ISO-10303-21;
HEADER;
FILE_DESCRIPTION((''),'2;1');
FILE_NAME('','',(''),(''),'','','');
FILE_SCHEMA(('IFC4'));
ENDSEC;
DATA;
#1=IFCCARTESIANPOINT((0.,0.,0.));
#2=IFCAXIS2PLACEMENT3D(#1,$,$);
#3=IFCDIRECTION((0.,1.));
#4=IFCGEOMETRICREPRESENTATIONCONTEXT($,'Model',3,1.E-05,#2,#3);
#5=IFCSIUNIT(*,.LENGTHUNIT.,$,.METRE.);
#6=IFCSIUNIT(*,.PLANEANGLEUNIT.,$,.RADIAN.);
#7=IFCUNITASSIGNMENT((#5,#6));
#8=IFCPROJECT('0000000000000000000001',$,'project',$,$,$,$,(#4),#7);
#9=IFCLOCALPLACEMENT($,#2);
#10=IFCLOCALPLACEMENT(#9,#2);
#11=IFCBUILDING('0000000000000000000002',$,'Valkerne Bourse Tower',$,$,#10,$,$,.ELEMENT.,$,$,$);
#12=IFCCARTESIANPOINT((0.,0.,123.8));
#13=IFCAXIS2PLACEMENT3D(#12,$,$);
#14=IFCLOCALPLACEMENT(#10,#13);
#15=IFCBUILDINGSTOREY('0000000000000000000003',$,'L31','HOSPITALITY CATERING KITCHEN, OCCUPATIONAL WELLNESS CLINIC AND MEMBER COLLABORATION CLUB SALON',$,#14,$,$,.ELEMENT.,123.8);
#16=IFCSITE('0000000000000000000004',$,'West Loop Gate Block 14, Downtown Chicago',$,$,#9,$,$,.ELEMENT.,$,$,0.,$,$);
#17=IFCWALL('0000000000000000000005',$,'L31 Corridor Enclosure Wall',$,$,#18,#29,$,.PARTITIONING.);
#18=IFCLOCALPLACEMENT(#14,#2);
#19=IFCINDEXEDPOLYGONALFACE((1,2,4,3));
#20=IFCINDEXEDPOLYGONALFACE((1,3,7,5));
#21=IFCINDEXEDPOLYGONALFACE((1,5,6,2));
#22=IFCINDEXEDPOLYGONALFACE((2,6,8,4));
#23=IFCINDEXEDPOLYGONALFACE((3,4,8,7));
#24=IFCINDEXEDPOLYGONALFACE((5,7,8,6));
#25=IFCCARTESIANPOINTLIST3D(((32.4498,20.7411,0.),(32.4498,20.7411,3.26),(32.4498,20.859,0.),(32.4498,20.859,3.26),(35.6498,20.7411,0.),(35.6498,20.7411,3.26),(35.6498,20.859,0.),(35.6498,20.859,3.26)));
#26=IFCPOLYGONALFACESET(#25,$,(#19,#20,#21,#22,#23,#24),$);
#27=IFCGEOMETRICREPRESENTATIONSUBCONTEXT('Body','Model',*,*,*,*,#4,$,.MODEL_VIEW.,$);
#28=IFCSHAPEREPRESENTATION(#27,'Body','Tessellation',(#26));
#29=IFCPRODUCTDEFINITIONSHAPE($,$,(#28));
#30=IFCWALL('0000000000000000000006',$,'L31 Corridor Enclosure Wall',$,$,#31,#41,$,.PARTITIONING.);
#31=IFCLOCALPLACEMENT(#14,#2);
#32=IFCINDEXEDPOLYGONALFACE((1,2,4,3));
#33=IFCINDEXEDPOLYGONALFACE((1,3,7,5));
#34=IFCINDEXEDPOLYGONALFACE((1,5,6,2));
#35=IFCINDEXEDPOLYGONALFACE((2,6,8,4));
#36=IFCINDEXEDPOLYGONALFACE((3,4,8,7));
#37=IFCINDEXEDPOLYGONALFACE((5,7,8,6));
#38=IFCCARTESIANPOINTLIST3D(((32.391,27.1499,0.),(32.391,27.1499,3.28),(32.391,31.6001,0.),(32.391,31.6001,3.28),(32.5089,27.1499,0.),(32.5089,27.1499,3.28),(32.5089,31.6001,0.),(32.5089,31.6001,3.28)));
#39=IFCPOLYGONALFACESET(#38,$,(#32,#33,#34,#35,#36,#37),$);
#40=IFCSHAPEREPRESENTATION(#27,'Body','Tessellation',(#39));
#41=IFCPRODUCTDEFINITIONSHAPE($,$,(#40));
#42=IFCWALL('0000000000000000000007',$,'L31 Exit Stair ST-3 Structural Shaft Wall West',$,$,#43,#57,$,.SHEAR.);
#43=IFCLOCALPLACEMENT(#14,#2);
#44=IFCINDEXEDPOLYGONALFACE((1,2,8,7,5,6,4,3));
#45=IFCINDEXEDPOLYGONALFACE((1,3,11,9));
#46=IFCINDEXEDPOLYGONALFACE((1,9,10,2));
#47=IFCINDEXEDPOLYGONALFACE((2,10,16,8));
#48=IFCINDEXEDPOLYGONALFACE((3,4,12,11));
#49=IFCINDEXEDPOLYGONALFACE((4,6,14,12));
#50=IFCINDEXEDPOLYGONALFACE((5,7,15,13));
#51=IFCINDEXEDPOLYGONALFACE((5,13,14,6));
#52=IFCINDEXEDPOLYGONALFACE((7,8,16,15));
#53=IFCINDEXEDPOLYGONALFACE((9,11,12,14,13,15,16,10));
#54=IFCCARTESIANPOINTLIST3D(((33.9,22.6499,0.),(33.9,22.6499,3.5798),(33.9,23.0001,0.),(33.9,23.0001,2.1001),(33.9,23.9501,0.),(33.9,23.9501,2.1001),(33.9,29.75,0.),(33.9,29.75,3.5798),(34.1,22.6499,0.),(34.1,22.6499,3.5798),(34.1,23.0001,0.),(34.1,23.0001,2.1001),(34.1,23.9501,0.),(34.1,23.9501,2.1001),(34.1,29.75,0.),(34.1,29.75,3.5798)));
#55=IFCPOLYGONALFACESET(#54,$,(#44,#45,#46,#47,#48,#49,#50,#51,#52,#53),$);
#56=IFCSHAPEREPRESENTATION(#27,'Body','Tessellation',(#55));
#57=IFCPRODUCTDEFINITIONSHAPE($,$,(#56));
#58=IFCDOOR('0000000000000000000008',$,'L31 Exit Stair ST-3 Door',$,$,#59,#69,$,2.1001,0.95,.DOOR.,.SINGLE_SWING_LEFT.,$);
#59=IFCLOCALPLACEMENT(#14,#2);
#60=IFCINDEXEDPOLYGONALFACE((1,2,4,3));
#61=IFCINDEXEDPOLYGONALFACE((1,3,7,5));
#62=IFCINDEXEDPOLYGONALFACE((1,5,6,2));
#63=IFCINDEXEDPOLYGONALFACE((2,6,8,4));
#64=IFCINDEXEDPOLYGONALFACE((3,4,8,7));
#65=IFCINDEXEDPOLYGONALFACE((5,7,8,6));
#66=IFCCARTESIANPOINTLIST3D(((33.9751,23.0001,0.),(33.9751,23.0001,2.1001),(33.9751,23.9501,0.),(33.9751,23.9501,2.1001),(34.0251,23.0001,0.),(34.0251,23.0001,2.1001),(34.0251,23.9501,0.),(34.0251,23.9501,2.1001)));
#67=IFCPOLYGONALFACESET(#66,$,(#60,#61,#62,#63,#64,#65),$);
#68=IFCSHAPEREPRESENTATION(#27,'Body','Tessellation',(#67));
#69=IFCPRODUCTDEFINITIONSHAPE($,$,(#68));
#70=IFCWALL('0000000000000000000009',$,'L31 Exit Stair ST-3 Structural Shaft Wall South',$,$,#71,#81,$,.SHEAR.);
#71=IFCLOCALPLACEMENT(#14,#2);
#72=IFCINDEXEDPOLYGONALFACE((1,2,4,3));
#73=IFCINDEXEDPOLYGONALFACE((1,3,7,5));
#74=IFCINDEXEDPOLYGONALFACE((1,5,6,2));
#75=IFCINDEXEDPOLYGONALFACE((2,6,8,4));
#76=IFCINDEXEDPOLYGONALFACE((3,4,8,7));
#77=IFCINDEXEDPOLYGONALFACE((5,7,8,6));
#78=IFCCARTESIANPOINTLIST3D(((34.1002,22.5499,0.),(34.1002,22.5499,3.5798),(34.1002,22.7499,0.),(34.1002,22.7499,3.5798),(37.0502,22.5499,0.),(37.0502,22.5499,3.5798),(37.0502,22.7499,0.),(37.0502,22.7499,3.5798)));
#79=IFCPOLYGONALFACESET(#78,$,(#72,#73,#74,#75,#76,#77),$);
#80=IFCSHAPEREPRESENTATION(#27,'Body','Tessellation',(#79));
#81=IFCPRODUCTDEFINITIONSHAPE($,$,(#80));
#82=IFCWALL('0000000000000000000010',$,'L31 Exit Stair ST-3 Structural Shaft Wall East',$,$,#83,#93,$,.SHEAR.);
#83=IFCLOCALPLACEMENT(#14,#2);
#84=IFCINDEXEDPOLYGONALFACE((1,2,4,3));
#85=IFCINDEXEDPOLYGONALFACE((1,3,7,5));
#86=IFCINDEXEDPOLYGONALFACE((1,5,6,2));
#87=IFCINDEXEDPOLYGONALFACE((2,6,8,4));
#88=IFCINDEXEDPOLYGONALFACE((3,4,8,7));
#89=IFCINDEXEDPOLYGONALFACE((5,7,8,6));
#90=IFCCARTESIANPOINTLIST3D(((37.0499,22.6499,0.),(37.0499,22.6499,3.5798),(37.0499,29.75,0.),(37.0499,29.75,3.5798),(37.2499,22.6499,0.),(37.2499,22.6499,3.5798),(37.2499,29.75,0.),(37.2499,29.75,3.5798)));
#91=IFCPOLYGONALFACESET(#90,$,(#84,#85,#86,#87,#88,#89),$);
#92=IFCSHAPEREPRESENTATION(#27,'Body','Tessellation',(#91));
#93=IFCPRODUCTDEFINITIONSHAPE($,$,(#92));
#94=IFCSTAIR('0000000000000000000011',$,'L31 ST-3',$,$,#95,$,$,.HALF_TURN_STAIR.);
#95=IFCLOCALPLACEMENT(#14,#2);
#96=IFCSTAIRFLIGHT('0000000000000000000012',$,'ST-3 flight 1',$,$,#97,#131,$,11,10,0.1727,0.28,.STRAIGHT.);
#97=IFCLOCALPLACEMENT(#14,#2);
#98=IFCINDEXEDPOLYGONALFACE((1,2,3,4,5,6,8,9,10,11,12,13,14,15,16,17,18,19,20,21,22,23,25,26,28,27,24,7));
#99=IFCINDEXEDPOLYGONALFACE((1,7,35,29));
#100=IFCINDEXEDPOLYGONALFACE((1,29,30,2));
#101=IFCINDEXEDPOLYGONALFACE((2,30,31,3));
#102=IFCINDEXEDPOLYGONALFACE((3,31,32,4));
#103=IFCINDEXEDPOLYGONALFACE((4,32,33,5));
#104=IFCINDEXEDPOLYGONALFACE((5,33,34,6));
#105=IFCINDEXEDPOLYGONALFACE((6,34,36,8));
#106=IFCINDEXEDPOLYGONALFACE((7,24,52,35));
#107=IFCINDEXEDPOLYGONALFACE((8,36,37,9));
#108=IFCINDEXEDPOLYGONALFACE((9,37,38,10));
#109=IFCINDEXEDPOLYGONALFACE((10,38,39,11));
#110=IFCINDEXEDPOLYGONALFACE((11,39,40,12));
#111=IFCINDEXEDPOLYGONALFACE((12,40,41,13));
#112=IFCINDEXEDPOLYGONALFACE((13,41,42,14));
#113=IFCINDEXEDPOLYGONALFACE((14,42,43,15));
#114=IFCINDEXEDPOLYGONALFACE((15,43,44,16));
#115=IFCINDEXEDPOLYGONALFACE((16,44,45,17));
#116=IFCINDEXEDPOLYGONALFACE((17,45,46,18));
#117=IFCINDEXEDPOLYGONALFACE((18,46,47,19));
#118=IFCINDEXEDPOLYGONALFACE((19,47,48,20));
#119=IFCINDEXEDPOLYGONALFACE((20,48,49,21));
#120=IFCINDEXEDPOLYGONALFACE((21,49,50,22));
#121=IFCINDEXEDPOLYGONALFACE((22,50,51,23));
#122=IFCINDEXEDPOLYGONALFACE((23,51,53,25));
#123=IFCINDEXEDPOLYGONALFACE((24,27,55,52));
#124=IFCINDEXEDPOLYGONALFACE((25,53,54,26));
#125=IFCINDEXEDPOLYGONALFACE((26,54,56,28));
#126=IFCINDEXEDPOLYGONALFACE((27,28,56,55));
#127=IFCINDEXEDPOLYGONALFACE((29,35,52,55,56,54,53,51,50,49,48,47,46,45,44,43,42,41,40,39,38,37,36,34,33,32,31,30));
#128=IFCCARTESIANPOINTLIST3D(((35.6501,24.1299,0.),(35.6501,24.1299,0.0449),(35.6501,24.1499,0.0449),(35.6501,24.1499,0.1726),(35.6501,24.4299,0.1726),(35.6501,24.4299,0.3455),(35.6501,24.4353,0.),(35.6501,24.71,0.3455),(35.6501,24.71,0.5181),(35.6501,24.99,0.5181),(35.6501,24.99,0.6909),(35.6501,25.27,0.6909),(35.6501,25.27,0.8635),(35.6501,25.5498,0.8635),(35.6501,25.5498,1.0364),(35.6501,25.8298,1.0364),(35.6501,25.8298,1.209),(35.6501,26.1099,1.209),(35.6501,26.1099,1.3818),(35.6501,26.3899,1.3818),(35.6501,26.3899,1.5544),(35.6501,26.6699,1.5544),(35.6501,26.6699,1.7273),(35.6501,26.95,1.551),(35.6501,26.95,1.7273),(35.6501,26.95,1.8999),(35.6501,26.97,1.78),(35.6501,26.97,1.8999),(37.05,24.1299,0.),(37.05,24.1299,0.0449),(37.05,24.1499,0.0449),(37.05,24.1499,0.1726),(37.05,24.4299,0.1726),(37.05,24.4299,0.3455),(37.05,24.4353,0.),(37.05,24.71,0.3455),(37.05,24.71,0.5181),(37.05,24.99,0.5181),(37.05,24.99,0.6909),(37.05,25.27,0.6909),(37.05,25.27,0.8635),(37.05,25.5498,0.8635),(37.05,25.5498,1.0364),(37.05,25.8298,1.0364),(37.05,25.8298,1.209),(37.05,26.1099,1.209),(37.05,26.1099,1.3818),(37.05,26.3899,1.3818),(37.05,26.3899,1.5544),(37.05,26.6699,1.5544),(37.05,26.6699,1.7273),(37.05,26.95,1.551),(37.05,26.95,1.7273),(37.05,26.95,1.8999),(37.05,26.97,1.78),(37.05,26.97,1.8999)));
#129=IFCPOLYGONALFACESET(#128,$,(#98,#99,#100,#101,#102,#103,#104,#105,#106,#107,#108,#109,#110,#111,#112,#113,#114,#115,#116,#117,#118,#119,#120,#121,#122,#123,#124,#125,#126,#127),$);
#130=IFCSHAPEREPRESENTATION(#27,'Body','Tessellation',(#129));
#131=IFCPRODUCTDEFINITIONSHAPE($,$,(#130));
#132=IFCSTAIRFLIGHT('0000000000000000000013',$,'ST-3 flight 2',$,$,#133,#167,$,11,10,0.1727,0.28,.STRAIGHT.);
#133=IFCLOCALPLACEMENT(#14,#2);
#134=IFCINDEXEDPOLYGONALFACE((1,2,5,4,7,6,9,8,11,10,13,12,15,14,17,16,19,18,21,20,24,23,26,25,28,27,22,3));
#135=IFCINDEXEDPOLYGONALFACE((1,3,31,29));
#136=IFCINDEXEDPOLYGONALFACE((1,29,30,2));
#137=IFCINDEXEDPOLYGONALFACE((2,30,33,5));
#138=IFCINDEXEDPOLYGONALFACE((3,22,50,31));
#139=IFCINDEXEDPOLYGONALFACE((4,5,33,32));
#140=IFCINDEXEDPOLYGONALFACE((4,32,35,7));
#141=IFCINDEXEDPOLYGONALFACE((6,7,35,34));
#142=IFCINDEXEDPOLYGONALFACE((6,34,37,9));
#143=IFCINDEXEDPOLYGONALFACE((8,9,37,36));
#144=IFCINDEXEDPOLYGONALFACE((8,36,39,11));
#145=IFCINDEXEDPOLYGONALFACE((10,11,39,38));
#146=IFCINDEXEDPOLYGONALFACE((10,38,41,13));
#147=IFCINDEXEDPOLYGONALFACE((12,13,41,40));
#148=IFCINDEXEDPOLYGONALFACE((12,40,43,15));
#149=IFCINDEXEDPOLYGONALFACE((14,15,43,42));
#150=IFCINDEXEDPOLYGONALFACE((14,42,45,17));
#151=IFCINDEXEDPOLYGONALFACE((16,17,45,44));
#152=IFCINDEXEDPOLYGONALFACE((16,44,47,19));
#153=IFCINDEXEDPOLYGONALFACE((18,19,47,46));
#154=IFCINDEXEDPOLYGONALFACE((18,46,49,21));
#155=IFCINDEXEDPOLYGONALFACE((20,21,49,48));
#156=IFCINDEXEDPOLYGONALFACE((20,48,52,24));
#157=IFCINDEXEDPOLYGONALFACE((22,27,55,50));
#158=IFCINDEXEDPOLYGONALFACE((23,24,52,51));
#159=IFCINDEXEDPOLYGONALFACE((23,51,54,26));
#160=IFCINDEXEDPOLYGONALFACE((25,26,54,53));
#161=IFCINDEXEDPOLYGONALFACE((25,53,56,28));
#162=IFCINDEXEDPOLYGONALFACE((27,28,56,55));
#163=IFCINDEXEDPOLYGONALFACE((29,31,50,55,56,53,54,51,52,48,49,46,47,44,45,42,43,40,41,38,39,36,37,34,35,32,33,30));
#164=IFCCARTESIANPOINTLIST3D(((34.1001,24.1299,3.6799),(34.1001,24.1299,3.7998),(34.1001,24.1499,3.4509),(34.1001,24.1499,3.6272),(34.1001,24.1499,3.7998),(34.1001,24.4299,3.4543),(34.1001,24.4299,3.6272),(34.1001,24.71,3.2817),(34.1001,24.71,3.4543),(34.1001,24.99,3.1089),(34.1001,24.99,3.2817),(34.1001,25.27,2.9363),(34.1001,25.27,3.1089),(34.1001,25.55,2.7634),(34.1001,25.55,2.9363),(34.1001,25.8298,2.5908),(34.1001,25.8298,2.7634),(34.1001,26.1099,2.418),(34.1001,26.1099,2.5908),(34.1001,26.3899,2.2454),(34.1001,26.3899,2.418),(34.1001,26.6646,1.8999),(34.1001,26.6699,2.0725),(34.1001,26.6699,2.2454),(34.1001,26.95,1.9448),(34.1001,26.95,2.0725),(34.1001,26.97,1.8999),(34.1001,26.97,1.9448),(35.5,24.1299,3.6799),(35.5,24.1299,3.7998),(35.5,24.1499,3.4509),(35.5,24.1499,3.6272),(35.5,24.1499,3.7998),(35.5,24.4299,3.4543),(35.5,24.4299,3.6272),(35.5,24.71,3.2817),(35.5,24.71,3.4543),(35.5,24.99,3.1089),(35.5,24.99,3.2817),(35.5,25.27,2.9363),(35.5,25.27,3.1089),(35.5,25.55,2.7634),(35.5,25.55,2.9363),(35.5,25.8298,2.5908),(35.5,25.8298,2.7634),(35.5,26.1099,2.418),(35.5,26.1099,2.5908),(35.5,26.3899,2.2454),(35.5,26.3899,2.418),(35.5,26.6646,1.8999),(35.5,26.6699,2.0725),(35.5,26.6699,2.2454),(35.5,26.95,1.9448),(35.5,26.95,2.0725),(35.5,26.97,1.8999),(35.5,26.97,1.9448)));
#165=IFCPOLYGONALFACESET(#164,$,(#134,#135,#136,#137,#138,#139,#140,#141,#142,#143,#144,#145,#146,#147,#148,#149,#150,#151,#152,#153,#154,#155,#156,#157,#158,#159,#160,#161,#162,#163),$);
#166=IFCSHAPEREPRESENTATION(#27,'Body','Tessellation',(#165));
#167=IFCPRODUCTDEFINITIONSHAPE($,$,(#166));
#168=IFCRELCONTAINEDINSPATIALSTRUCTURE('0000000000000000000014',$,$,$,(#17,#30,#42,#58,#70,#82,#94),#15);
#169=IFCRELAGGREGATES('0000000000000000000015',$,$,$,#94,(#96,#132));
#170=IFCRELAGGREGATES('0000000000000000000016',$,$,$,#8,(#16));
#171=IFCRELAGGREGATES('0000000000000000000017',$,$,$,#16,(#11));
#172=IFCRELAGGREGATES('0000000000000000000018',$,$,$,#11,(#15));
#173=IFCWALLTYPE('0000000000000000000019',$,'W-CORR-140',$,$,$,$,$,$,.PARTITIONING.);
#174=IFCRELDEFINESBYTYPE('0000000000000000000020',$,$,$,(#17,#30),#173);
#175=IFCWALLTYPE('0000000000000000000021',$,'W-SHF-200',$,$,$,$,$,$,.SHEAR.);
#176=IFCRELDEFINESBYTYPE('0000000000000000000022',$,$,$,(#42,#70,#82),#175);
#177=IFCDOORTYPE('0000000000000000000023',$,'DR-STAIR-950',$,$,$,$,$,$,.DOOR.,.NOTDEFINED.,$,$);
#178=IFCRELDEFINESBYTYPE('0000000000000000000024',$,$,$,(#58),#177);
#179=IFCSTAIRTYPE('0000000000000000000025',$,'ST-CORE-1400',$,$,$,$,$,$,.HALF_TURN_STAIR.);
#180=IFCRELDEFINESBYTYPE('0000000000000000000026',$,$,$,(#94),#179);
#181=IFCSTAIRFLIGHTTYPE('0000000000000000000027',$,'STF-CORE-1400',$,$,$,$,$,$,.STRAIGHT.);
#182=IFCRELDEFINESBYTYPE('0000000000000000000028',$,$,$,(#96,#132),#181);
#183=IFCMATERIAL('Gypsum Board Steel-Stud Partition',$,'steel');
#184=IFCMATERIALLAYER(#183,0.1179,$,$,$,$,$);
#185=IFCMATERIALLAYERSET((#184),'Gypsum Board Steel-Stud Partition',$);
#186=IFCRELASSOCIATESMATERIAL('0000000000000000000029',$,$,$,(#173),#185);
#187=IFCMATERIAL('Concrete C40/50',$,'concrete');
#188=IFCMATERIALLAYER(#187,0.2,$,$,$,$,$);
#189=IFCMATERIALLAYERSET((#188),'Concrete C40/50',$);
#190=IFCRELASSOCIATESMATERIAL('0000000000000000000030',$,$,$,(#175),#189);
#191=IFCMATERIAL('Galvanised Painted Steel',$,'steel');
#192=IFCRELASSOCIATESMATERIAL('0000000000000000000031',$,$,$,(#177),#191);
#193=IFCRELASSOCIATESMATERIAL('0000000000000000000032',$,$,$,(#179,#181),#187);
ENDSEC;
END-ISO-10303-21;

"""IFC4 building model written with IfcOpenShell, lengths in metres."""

from ifc_helpers import new_model, si_unit, direction, frame, frame_2d, origin, place, context, subcontext, project, spatial, polyline, rectangle, outline, extrude, material, layer, layer_set, type_object, element, fill, aggregate, save


model = new_model("IFC4")

# Units and contexts
model_context = context("Model", 3, precision=1e-05, world=origin(), true_north=direction((0.0, 1.0)))
body_context = subcontext(model_context, "Body", "Model", "MODEL_VIEW")
ifc_project = project(units=[si_unit("LENGTHUNIT", "METRE"), si_unit("PLANEANGLEUNIT", "RADIAN")], contexts=[model_context])

# Site, building, storey
site_placement = place(None, origin())
site = spatial("IfcSite", under=ifc_project, at=site_placement, Name="West Loop Gate Block 14, Downtown Chicago", CompositionType="ELEMENT", RefElevation=0.0)
building_placement = place(site_placement, origin())
building = spatial("IfcBuilding", under=site, at=building_placement, Name="Valkerne Bourse Tower", CompositionType="ELEMENT")
storey_placement = place(building_placement, frame((0.0, 0.0, 123.8)))
storey = spatial("IfcBuildingStorey", under=building, at=storey_placement, Name="L31", Description="HOSPITALITY CATERING KITCHEN, OCCUPATIONAL WELLNESS CLINIC AND MEMBER COLLABORATION CLUB SALON", CompositionType="ELEMENT", Elevation=123.8)

# Shared definitions
ifc_material_1 = material(Name="Galvanised Painted Steel", Category="steel")

# Walls
ifc_material_2 = material(Name="Gypsum Board Steel-Stud Partition", Category="steel")
ifc_layer_1 = layer(ifc_material_2, 0.1179)
ifc_layer_set_1 = layer_set([ifc_layer_1], Name="Gypsum Board Steel-Stud Partition")
wall_type_1 = type_object("IfcWallType", Name="W-CORR-140", PredefinedType="PARTITIONING", material=ifc_layer_set_1)
wall_1_placement = place(storey_placement, frame((35.6499, 20.8, 0.0), z_axis=(0.0, 0.0, 1.0), x_axis=(-1.0, 0.0, 0.0)))
element("IfcWall", 1, at=wall_1_placement, inside=storey, type_object=wall_type_1, Name="L31 Corridor Enclosure Wall", PredefinedType="PARTITIONING", context=body_context, shape_type="SweptSolid", body=[
    extrude(rectangle(XDim=3.2, YDim=0.1179, at=frame_2d((1.6001, 0.0))), origin(), (0.0, 0.0, 1.0), 3.26),
])
wall_2_placement = place(storey_placement, frame((32.45, 27.1499, 0.0), z_axis=(0.0, 0.0, 1.0), x_axis=(0.0, 1.0, 0.0)))
element("IfcWall", 2, at=wall_2_placement, inside=storey, type_object=wall_type_1, Name="L31 Corridor Enclosure Wall", PredefinedType="PARTITIONING", context=body_context, shape_type="SweptSolid", body=[
    extrude(rectangle(XDim=4.4502, YDim=0.1179, at=frame_2d((2.2251, 0.0))), origin(), (0.0, 0.0, 1.0), 3.28),
])

# Wall, opening, door
ifc_material_3 = material(Name="Concrete C40/50", Category="concrete")
ifc_layer_2 = layer(ifc_material_3, 0.2)
ifc_layer_set_2 = layer_set([ifc_layer_2], Name="Concrete C40/50")
wall_type_2 = type_object("IfcWallType", Name="W-SHF-200", PredefinedType="SHEAR", material=ifc_layer_set_2)
wall_3_placement = place(storey_placement, frame((34.0, 22.6499, 0.0), z_axis=(0.0, 0.0, 1.0), x_axis=(0.0, 1.0, 0.0)))
wall_3 = element("IfcWall", 3, at=wall_3_placement, inside=storey, type_object=wall_type_2, Name="L31 Exit Stair ST-3 Structural Shaft Wall West", PredefinedType="SHEAR", context=body_context, shape_type="SweptSolid", body=[
    extrude(rectangle(XDim=7.1001, YDim=0.2, at=frame_2d((3.55, 0.0))), origin(), (0.0, 0.0, 1.0), 3.5798),
])
opening_1_placement = place(wall_3_placement, frame((0.3501, 0.0, 0.0)))
opening_1 = element("IfcOpeningElement", 4, at=opening_1_placement, cuts=wall_3, PredefinedType="OPENING", context=body_context, shape_type="SweptSolid", body=[
    extrude(rectangle(XDim=0.95, YDim=2.1001, at=frame_2d((0.4751, 1.05))), frame((0.0, 0.1099, 0.0), z_axis=(0.0, -1.0, 0.0), x_axis=(1.0, 0.0, 0.0)), (0.0, 0.0, 1.0), 0.22),
])
door_type_1 = type_object("IfcDoorType", Name="DR-STAIR-950", OperationType="NOTDEFINED", PredefinedType="DOOR", material=ifc_material_1)
door_1_placement = place(opening_1_placement, origin())
door_1 = element("IfcDoor", 5, at=door_1_placement, inside=storey, type_object=door_type_1, Name="L31 Exit Stair ST-3 Door", OperationType="SINGLE_SWING_LEFT", OverallHeight=2.1001, OverallWidth=0.95, PredefinedType="DOOR", context=body_context, shape_type="SweptSolid", body=[
    extrude(rectangle(XDim=0.95, YDim=2.1001, at=frame_2d((0.4751, 1.05))), frame((0.0, 0.0249, 0.0), z_axis=(0.0, -1.0, 0.0), x_axis=(1.0, 0.0, 0.0)), (0.0, 0.0, 1.0), 0.05),
])
fill(opening_1, door_1)

# Walls
wall_4_placement = place(storey_placement, frame((34.1001, 22.6499, 0.0), z_axis=(0.0, 0.0, 1.0), x_axis=(1.0, 0.0, 0.0)))
element("IfcWall", 6, at=wall_4_placement, inside=storey, type_object=wall_type_2, Name="L31 Exit Stair ST-3 Structural Shaft Wall South", PredefinedType="SHEAR", context=body_context, shape_type="SweptSolid", body=[
    extrude(rectangle(XDim=2.95, YDim=0.2, at=frame_2d((1.4751, 0.0))), origin(), (0.0, 0.0, 1.0), 3.5798),
])
wall_5_placement = place(storey_placement, frame((37.1499, 22.6499, 0.0), z_axis=(0.0, 0.0, 1.0), x_axis=(0.0, 1.0, 0.0)))
element("IfcWall", 7, at=wall_5_placement, inside=storey, type_object=wall_type_2, Name="L31 Exit Stair ST-3 Structural Shaft Wall East", PredefinedType="SHEAR", context=body_context, shape_type="SweptSolid", body=[
    extrude(rectangle(XDim=7.1001, YDim=0.2, at=frame_2d((3.55, 0.0))), origin(), (0.0, 0.0, 1.0), 3.5798),
])

# Stair, stair flights
stair_type = type_object("IfcStairType", Name="ST-CORE-1400", PredefinedType="HALF_TURN_STAIR", material=ifc_material_3)
stair_placement = place(storey_placement, origin())
stair = element("IfcStair", 8, at=stair_placement, inside=storey, type_object=stair_type, Name="L31 ST-3", PredefinedType="HALF_TURN_STAIR")
stair_flight_type = type_object("IfcStairFlightType", Name="STF-CORE-1400", PredefinedType="STRAIGHT", material=ifc_material_3)
stair_flight_1_placement = place(storey_placement, frame((36.3501, 24.1499, 0.0), z_axis=(0.0, 0.0, 1.0), x_axis=(0.0, 1.0, 0.0)))
stair_flight_1 = element("IfcStairFlight", 9, at=stair_flight_1_placement, type_object=stair_flight_type, Name="ST-3 flight 1", NumberOfRisers=11, NumberOfTreads=10, PredefinedType="STRAIGHT", RiserHeight=0.1727, TreadLength=0.28, context=body_context, shape_type="SweptSolid", body=[
    extrude(outline(polyline([(-0.02, 0.0), (-0.02, 0.0449), (0.0, 0.0449), (0.0, 0.1726), (0.28, 0.1726), (0.28, 0.3455), (0.5601, 0.3455), (0.5601, 0.5181), (0.8401, 0.5181), (0.8401, 0.6909), (1.1201, 0.6909), (1.1201, 0.8635), (1.3999, 0.8635), (1.3999, 1.0364), (1.6799, 1.0364), (1.6799, 1.209), (1.96, 1.209), (1.96, 1.3818), (2.24, 1.3818), (2.24, 1.5544), (2.52, 1.5544), (2.52, 1.7273), (2.8, 1.7273), (2.8, 1.8999), (2.8201, 1.8999), (2.8201, 1.78), (2.8, 1.551), (0.2854, 0.0), (-0.02, 0.0)])), frame((0.0, 0.7, 0.0), z_axis=(0.0, -1.0, 0.0), x_axis=(1.0, 0.0, 0.0)), (0.0, 0.0, 1.0), 1.3999),
])
stair_flight_2_placement = place(storey_placement, frame((34.8, 26.95, 1.8999), z_axis=(0.0, 0.0, 1.0), x_axis=(0.0, -1.0, 0.0)))
stair_flight_2 = element("IfcStairFlight", 10, at=stair_flight_2_placement, type_object=stair_flight_type, Name="ST-3 flight 2", NumberOfRisers=11, NumberOfTreads=10, PredefinedType="STRAIGHT", RiserHeight=0.1727, TreadLength=0.28, context=body_context, shape_type="SweptSolid", body=[
    extrude(outline(polyline([(-0.02, 0.0), (-0.02, 0.0449), (0.0, 0.0449), (0.0, 0.1726), (0.28, 0.1726), (0.28, 0.3455), (0.5601, 0.3455), (0.5601, 0.5181), (0.8401, 0.5181), (0.8401, 0.6909), (1.1201, 0.6909), (1.1201, 0.8635), (1.3999, 0.8635), (1.3999, 1.0364), (1.6799, 1.0364), (1.6799, 1.209), (1.96, 1.209), (1.96, 1.3818), (2.24, 1.3818), (2.24, 1.5544), (2.52, 1.5544), (2.52, 1.7273), (2.8, 1.7273), (2.8, 1.8999), (2.8201, 1.8999), (2.8201, 1.78), (2.8, 1.551), (0.2854, 0.0), (-0.02, 0.0)])), frame((0.0, 0.7, 0.0), z_axis=(0.0, -1.0, 0.0), x_axis=(1.0, 0.0, 0.0)), (0.0, 0.0, 1.0), 1.3999),
])
aggregate(stair, [stair_flight_1, stair_flight_2])

save(model, "model.ifc")
